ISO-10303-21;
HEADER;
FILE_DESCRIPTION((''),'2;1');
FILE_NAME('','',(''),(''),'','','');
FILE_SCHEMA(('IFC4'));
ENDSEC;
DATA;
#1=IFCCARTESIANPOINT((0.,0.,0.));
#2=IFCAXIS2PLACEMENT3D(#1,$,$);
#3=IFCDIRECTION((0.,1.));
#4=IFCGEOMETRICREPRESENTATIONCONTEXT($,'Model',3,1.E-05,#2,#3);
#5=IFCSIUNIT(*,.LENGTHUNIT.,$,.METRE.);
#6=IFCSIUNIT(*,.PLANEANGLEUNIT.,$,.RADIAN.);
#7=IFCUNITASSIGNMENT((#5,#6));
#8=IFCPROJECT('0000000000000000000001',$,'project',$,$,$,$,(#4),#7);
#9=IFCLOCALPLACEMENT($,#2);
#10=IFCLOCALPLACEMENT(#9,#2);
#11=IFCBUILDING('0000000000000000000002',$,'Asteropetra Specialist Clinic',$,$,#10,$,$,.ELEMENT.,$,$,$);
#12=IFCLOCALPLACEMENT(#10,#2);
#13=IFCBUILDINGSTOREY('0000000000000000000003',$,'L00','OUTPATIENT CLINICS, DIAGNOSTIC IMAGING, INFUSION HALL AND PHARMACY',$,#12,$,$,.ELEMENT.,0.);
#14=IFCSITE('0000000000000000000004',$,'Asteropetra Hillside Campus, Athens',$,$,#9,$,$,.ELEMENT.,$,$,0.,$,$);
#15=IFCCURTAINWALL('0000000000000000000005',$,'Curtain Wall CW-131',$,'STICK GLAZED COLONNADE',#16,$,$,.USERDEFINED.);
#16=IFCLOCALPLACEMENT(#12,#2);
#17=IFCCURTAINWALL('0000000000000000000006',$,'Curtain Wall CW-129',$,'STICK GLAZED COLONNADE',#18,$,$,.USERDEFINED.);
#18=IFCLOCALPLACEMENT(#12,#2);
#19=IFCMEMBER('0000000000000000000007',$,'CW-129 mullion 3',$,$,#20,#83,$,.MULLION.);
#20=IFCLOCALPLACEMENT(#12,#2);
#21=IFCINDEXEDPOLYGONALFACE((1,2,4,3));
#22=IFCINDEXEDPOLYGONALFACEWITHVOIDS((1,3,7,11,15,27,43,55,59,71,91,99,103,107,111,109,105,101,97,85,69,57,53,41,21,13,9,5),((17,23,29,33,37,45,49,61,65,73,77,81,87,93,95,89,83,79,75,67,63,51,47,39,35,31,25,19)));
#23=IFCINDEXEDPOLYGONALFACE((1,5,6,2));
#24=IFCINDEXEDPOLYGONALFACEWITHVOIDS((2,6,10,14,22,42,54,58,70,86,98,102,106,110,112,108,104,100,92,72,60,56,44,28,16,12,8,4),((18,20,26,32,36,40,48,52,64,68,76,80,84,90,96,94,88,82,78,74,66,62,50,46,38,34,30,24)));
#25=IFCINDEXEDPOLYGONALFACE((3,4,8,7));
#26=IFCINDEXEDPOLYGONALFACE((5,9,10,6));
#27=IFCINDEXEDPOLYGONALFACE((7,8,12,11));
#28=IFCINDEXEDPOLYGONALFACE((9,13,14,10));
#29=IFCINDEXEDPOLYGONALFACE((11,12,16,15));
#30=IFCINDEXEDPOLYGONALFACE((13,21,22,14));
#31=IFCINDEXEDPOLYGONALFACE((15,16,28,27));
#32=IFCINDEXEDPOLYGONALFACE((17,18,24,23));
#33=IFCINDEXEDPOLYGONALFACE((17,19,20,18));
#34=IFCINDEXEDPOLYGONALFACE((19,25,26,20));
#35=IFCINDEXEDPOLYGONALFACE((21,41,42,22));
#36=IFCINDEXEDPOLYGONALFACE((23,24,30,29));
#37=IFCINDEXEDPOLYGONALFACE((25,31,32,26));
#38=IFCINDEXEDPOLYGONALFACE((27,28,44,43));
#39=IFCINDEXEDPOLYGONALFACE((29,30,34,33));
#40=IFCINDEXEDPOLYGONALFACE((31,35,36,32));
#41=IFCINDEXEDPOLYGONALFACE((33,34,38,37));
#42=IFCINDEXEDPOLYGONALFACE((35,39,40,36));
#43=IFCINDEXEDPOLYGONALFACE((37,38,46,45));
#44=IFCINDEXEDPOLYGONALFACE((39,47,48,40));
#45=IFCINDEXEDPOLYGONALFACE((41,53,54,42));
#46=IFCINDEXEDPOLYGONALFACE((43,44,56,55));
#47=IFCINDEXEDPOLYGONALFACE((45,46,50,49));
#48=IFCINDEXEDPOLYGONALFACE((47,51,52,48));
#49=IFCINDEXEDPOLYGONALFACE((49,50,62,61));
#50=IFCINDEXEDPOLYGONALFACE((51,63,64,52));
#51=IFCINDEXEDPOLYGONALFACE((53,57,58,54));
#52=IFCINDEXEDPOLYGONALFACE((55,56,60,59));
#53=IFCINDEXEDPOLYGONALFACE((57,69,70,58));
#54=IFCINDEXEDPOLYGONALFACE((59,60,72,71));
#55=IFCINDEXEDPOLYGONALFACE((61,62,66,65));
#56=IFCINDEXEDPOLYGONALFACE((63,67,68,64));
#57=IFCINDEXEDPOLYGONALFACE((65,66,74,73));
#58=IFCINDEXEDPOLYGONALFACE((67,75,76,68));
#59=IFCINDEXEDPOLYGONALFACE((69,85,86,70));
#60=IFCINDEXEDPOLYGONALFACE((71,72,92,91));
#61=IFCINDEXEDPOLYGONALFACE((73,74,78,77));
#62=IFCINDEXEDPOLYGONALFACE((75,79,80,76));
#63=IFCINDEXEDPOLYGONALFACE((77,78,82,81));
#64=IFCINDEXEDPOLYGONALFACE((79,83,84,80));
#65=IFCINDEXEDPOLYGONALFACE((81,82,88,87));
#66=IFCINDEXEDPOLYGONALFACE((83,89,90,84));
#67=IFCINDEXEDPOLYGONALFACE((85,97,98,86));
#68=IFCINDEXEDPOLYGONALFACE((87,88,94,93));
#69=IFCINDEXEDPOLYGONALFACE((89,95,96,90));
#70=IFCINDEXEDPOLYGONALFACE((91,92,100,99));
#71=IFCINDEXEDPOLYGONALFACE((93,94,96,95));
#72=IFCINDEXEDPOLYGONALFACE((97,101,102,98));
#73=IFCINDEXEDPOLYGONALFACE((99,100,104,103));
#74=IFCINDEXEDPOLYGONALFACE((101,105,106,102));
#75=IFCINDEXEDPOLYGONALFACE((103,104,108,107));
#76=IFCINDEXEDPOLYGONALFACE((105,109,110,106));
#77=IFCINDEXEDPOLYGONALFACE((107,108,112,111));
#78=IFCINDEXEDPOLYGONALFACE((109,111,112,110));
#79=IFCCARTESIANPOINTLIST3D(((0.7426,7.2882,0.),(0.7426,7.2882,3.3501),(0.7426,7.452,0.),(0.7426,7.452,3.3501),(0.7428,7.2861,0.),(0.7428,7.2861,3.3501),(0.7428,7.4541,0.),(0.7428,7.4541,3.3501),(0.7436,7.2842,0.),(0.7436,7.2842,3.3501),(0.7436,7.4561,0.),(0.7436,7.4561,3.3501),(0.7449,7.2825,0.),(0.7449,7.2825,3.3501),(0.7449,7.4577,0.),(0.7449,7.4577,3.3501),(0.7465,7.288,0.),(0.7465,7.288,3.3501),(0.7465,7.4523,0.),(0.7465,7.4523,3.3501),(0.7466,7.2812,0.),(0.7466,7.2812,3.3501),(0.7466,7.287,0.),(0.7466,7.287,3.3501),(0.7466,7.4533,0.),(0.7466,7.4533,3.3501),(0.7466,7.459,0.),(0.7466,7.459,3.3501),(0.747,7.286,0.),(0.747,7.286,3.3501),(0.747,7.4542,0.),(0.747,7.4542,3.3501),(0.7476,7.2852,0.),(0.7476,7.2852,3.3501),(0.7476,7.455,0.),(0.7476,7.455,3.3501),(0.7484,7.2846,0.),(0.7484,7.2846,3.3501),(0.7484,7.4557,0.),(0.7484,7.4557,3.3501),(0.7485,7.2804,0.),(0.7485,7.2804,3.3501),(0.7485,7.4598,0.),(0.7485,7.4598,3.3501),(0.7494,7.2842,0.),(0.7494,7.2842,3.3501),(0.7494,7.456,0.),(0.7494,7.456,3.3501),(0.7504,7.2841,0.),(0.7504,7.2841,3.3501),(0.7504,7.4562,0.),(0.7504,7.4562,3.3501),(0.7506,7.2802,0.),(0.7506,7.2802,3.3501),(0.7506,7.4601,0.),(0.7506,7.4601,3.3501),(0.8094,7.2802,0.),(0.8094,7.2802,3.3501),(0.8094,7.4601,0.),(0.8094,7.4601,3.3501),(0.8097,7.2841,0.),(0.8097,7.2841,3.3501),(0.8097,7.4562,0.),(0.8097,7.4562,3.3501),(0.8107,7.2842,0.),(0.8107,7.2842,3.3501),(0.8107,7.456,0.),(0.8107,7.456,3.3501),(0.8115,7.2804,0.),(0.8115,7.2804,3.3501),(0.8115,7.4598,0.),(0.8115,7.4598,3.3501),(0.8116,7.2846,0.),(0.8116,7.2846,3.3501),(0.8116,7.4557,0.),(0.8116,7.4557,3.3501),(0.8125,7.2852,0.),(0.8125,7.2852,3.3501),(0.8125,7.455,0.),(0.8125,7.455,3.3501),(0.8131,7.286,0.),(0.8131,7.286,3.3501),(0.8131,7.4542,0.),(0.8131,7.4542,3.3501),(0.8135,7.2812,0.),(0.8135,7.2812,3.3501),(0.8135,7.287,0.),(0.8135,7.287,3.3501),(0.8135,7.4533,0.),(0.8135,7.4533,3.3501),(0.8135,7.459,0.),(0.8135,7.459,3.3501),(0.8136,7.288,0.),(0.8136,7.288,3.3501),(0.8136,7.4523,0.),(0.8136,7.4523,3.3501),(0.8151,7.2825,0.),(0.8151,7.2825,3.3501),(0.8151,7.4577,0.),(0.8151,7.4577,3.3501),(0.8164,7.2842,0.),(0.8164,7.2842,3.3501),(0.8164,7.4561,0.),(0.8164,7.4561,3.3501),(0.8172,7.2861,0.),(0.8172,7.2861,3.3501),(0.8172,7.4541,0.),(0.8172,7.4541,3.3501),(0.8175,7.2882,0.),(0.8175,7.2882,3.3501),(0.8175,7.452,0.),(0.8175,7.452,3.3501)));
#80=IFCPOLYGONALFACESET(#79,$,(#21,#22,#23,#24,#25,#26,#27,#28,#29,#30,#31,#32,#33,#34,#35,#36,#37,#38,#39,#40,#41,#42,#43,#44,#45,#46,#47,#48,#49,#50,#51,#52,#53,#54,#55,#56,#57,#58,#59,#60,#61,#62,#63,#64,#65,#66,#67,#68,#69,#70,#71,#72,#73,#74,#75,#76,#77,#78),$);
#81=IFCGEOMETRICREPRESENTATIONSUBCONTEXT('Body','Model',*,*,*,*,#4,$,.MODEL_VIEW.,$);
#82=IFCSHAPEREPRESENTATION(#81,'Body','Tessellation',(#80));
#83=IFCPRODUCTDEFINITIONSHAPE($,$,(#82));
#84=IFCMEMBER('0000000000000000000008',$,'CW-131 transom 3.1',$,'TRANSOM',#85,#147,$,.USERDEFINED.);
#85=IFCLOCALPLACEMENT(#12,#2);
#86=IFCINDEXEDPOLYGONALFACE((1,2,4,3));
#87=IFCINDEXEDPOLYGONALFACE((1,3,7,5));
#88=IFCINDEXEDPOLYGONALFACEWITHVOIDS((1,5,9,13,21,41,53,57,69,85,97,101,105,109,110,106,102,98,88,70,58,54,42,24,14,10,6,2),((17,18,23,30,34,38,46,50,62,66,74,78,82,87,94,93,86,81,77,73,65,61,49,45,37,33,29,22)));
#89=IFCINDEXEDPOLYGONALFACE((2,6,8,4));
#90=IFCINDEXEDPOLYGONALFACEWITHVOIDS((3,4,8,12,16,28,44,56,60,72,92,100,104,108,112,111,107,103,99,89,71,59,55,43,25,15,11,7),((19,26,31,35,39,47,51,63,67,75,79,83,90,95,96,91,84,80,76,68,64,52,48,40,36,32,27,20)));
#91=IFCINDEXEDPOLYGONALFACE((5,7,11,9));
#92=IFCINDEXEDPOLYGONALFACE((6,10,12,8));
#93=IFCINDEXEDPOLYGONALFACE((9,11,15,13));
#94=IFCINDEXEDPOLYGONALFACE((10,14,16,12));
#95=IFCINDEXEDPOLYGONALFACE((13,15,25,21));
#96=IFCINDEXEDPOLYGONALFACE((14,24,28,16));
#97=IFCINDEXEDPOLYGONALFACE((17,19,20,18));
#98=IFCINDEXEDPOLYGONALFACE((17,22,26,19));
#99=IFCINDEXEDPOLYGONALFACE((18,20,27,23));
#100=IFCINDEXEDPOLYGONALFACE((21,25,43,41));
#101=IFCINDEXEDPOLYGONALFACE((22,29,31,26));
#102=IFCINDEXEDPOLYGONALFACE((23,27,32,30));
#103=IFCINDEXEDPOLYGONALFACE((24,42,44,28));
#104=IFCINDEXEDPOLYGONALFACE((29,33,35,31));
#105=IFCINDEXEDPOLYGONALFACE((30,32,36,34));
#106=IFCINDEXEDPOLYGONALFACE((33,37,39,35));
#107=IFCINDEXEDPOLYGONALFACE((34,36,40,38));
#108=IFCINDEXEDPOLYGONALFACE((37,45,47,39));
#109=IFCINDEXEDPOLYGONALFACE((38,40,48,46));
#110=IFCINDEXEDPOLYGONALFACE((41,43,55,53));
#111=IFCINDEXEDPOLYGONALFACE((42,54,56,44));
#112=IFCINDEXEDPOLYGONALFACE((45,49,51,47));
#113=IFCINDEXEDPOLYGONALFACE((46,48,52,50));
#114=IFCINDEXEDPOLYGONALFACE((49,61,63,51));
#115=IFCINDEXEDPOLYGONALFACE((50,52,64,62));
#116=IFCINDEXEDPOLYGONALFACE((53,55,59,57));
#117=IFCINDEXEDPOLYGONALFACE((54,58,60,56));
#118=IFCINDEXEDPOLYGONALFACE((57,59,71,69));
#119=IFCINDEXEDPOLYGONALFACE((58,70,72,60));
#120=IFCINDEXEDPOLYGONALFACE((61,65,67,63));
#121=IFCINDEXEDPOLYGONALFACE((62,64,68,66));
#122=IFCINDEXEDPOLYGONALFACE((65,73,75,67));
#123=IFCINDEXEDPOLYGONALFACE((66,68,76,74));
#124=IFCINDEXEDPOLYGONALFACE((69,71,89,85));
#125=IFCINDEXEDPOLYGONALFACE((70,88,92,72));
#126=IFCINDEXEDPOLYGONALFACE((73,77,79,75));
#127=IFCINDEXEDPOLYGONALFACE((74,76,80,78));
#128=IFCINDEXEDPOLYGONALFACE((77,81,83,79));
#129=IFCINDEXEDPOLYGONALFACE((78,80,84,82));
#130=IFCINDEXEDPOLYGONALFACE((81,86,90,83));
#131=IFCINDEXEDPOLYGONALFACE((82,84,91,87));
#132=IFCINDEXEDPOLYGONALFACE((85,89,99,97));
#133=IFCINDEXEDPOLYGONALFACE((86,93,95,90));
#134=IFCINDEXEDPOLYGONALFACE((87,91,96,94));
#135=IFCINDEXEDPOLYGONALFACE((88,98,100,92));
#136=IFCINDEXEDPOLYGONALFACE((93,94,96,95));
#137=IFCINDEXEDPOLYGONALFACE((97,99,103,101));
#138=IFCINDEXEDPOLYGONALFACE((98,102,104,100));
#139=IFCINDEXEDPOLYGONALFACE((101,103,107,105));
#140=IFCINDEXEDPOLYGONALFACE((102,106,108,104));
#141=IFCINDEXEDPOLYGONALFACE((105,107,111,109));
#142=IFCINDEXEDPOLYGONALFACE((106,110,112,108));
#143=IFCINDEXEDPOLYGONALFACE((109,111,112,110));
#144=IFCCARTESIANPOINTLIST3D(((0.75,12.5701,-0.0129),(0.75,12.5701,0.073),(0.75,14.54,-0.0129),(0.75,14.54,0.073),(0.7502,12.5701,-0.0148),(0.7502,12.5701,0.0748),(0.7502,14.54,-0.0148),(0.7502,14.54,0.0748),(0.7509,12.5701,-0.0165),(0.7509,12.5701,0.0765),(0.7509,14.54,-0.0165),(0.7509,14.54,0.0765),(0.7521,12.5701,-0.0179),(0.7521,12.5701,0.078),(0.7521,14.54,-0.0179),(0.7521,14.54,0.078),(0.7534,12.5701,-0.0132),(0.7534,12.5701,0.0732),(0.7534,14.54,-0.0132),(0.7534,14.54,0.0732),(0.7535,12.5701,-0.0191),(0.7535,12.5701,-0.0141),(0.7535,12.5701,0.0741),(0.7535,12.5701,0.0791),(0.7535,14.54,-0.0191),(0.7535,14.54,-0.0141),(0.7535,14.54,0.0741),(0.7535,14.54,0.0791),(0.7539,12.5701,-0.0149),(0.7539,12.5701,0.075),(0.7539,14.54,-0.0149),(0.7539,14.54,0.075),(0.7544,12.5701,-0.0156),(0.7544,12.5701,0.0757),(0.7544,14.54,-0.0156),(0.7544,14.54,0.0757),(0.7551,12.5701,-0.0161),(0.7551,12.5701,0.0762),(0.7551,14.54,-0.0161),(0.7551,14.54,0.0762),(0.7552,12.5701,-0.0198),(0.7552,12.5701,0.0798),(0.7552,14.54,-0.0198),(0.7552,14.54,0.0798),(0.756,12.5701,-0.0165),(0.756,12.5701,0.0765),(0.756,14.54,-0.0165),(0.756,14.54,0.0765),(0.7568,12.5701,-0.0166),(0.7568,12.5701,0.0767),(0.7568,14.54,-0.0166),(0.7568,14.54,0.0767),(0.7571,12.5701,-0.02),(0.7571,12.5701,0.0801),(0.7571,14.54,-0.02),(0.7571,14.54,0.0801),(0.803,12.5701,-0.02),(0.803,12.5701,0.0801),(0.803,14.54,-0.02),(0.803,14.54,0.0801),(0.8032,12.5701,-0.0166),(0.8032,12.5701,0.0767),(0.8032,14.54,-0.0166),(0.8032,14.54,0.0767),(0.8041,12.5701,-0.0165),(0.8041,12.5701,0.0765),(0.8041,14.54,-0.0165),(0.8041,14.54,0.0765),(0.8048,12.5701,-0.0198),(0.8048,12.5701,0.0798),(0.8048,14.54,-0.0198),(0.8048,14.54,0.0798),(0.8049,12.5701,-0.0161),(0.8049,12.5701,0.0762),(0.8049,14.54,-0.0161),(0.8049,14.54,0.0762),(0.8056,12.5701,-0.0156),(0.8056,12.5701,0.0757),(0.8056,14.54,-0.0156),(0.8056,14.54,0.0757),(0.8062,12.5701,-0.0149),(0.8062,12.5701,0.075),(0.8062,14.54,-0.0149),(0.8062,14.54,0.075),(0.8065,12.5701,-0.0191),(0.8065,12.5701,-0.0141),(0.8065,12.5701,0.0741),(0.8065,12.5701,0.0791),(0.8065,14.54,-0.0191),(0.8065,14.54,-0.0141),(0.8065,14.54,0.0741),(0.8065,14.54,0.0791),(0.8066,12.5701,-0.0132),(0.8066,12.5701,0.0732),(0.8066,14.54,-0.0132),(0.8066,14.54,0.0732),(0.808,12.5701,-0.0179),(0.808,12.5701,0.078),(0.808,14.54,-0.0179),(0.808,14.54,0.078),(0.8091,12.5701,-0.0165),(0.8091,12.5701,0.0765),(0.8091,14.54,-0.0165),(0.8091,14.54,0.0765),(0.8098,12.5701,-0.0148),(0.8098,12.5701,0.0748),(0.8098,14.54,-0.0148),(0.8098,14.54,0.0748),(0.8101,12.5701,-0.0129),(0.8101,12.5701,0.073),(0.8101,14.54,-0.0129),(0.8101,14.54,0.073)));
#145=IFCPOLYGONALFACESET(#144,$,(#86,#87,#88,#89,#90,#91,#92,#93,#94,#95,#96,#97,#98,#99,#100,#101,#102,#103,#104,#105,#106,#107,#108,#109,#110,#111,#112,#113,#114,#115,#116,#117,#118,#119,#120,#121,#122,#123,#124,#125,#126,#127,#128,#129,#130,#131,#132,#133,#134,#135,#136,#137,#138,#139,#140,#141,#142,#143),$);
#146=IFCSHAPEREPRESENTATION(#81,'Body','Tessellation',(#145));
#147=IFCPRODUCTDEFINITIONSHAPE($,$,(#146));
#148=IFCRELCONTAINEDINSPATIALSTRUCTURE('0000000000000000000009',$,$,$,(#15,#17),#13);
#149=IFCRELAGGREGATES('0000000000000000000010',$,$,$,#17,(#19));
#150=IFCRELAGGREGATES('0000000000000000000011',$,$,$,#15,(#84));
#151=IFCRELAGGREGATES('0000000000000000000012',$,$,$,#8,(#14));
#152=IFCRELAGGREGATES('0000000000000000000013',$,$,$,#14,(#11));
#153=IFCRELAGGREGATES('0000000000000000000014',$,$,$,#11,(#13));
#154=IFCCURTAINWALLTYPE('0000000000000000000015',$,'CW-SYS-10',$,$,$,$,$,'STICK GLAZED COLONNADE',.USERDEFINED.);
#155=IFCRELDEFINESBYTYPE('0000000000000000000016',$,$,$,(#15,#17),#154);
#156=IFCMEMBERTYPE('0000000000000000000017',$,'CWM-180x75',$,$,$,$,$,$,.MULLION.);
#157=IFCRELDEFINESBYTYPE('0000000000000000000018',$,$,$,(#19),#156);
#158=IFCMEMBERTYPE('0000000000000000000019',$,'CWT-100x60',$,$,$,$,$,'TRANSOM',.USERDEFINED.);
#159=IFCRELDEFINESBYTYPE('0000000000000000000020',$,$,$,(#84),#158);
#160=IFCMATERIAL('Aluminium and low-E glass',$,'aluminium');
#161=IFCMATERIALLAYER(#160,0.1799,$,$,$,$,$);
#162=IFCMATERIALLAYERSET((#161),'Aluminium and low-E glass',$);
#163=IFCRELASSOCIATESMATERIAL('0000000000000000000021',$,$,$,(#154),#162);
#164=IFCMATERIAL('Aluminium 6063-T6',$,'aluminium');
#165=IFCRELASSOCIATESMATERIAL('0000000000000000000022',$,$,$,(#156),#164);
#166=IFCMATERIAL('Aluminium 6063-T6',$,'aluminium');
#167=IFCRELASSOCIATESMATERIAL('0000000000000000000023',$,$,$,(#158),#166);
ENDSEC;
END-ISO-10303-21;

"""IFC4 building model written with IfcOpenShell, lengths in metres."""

from ifc_helpers import new_model, si_unit, direction, frame, origin, origin_2d, place, context, subcontext, project, spatial, hollow_rectangle, extrude, material, layer, layer_set, material_profile, profile_set, type_object, element, aggregate, save


model = new_model("IFC4")

# Units and contexts
model_context = context("Model", 3, precision=1e-05, world=origin(), true_north=direction((0.0, 1.0)))
body_context = subcontext(model_context, "Body", "Model", "MODEL_VIEW")
ifc_project = project(units=[si_unit("LENGTHUNIT", "METRE"), si_unit("PLANEANGLEUNIT", "RADIAN")], contexts=[model_context])

# Site, building, storey
site_placement = place(None, origin())
site = spatial("IfcSite", under=ifc_project, at=site_placement, Name="Asteropetra Hillside Campus, Athens", CompositionType="ELEMENT", RefElevation=0.0)
building_placement = place(site_placement, origin())
building = spatial("IfcBuilding", under=site, at=building_placement, Name="Asteropetra Specialist Clinic", CompositionType="ELEMENT")
storey_placement = place(building_placement, origin())
storey = spatial("IfcBuildingStorey", under=building, at=storey_placement, Name="L00", Description="OUTPATIENT CLINICS, DIAGNOSTIC IMAGING, INFUSION HALL AND PHARMACY", CompositionType="ELEMENT", Elevation=0.0)

# Curtain walls, member
ifc_material_1 = material(Name="Aluminium and low-E glass", Category="aluminium")
ifc_layer_1 = layer(ifc_material_1, 0.1799)
ifc_layer_set_1 = layer_set([ifc_layer_1], Name="Aluminium and low-E glass")
curtain_wall_type = type_object("IfcCurtainWallType", Name="CW-SYS-10", ElementType="STICK GLAZED COLONNADE", PredefinedType="USERDEFINED", material=ifc_layer_set_1)
curtain_wall_1_placement = place(storey_placement, origin())
curtain_wall_1 = element("IfcCurtainWall", 1, at=curtain_wall_1_placement, inside=storey, type_object=curtain_wall_type, Name="Curtain Wall CW-131", ObjectType="STICK GLAZED COLONNADE", PredefinedType="USERDEFINED")
curtain_wall_2_placement = place(storey_placement, origin())
curtain_wall_2 = element("IfcCurtainWall", 2, at=curtain_wall_2_placement, inside=storey, type_object=curtain_wall_type, Name="Curtain Wall CW-129", ObjectType="STICK GLAZED COLONNADE", PredefinedType="USERDEFINED")
ifc_material_2 = material(Name="Aluminium 6063-T6", Category="aluminium")
ifc_material_profile_1 = material_profile(ifc_material_2, hollow_rectangle(XDim=0.075, YDim=0.1799, WallThickness=0.0039, InnerFilletRadius=0.0039, OuterFilletRadius=0.0081, at=origin_2d()), Name="MUL 180x75x4.0")
ifc_profile_set_1 = profile_set([ifc_material_profile_1], Name="Aluminium 6063-T6")
member_type_1 = type_object("IfcMemberType", Name="CWM-180x75", PredefinedType="MULLION", material=ifc_profile_set_1)
member_1_placement = place(storey_placement, frame((0.78, 7.3701, 0.0), z_axis=(0.0, 0.0, 1.0), x_axis=(1.0, 0.0, 0.0)))
member_1 = element("IfcMember", 3, at=member_1_placement, type_object=member_type_1, Name="CW-129 mullion 3", PredefinedType="MULLION", context=body_context, shape_type="SweptSolid", body=[
    extrude(hollow_rectangle(XDim=0.075, YDim=0.1799, WallThickness=0.0039, InnerFilletRadius=0.0039, OuterFilletRadius=0.0081, at=origin_2d()), origin(), (0.0, 0.0, 1.0), 3.3501),
])

# Member
ifc_material_3 = material(Name="Aluminium 6063-T6", Category="aluminium")
ifc_material_profile_2 = material_profile(ifc_material_3, hollow_rectangle(XDim=0.0601, YDim=0.1001, WallThickness=0.0034, InnerFilletRadius=0.0034, OuterFilletRadius=0.0071, at=origin_2d()), Name="TRN 100x60x3.5")
ifc_profile_set_2 = profile_set([ifc_material_profile_2], Name="Aluminium 6063-T6")
member_type_2 = type_object("IfcMemberType", Name="CWT-100x60", ElementType="TRANSOM", PredefinedType="USERDEFINED", material=ifc_profile_set_2)
member_2_placement = place(storey_placement, frame((0.78, 14.54, 0.03), z_axis=(0.0, -1.0, 0.0), x_axis=(1.0, 0.0, 0.0)))
member_2 = element("IfcMember", 4, at=member_2_placement, type_object=member_type_2, Name="CW-131 transom 3.1", ObjectType="TRANSOM", PredefinedType="USERDEFINED", context=body_context, shape_type="SweptSolid", body=[
    extrude(hollow_rectangle(XDim=0.0601, YDim=0.1001, WallThickness=0.0034, InnerFilletRadius=0.0034, OuterFilletRadius=0.0071, at=origin_2d()), origin(), (0.0, 0.0, 1.0), 1.97),
])

aggregate(curtain_wall_2, [member_1])
aggregate(curtain_wall_1, [member_2])

save(model, "model.ifc")
